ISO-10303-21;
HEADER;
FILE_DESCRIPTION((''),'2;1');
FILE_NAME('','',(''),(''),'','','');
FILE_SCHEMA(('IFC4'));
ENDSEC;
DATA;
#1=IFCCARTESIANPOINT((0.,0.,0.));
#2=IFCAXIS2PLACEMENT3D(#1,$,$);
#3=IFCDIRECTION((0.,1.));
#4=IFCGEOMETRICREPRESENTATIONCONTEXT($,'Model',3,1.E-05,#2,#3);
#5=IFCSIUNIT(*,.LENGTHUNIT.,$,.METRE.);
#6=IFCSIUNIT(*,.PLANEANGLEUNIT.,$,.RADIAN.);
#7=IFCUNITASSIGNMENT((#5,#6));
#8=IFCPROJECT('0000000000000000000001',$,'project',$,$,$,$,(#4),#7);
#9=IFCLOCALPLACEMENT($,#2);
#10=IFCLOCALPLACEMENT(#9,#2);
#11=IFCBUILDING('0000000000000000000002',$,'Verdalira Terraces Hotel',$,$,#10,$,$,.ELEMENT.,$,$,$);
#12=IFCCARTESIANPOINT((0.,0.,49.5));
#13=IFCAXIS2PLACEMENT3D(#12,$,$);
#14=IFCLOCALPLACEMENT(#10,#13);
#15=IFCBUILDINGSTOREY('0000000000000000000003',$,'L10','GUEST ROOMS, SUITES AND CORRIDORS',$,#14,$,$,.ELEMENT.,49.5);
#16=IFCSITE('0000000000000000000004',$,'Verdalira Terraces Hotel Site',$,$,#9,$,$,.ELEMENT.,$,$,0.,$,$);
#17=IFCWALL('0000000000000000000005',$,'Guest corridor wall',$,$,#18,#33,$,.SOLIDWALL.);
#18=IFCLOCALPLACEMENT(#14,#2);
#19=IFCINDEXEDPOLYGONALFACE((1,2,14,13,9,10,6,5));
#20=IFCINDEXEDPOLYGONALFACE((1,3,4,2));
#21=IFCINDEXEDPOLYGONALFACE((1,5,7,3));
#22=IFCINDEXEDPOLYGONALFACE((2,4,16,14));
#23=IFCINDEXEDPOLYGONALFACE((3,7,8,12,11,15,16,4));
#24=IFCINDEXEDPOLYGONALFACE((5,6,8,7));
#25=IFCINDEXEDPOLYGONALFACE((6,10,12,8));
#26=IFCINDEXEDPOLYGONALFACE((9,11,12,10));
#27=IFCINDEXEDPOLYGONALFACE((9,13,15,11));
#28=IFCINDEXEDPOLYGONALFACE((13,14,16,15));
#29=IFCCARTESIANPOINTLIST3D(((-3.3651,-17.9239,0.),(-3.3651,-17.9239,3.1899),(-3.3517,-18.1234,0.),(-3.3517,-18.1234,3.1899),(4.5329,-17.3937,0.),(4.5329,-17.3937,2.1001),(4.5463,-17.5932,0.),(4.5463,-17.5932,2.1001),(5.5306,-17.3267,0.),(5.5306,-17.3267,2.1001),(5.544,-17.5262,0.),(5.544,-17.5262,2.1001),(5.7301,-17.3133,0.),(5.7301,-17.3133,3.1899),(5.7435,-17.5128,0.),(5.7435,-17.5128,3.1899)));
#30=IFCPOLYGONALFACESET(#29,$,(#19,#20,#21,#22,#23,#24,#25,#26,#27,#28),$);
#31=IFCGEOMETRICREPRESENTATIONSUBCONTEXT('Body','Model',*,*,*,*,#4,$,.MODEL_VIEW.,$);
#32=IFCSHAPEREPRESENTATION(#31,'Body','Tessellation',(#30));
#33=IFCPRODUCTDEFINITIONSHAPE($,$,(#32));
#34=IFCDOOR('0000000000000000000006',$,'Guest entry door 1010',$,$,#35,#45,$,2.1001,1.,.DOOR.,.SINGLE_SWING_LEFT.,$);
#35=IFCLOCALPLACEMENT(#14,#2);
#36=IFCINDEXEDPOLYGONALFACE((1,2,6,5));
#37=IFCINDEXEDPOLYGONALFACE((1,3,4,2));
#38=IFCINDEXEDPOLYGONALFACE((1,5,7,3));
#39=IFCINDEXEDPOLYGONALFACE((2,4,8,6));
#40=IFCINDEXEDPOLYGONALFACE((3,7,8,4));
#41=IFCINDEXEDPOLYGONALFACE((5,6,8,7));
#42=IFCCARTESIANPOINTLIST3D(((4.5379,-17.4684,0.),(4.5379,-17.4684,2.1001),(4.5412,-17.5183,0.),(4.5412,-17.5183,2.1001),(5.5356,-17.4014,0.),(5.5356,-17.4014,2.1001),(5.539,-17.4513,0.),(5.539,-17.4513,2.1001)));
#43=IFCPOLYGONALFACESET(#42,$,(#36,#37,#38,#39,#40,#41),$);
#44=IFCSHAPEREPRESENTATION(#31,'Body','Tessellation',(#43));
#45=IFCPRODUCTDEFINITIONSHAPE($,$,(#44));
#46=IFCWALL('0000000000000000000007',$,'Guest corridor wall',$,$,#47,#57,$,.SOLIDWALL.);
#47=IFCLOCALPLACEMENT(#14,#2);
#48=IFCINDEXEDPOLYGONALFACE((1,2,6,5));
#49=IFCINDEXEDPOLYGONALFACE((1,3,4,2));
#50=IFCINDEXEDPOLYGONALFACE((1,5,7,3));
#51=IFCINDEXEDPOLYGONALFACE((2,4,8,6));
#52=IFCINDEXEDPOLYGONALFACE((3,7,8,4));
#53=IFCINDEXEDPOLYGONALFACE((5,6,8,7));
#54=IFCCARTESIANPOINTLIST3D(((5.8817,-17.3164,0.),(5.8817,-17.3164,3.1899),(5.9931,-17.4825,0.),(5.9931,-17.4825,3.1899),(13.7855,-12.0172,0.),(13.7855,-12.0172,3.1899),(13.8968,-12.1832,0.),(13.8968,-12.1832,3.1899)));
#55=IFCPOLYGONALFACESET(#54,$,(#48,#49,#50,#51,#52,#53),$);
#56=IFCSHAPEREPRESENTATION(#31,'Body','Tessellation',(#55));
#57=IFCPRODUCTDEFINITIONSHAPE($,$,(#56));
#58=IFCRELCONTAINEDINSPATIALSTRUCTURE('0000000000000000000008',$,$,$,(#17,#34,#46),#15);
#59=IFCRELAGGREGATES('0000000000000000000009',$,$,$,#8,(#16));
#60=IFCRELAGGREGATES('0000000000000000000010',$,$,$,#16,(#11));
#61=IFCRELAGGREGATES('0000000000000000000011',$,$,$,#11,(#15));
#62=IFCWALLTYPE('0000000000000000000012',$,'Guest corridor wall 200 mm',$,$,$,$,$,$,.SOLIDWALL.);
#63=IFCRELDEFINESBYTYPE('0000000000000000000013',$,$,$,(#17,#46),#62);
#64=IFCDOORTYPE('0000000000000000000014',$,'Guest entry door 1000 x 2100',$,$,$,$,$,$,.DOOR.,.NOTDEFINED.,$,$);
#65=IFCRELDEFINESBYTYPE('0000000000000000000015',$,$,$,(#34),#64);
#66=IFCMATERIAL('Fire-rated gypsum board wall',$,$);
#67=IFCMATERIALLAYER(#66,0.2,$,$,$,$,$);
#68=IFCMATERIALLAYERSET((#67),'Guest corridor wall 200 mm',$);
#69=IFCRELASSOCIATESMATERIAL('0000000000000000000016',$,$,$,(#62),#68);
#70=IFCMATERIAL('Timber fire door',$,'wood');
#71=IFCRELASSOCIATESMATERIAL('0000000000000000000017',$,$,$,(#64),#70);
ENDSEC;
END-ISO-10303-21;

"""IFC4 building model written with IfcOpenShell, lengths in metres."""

from ifc_helpers import new_model, si_unit, direction, frame, frame_2d, origin, place, context, subcontext, project, spatial, rectangle, extrude, material, layer, layer_set, type_object, element, fill, save


model = new_model("IFC4")

# Units and contexts
model_context = context("Model", 3, precision=1e-05, world=origin(), true_north=direction((0.0, 1.0)))
body_context = subcontext(model_context, "Body", "Model", "MODEL_VIEW")
ifc_project = project(units=[si_unit("LENGTHUNIT", "METRE"), si_unit("PLANEANGLEUNIT", "RADIAN")], contexts=[model_context])

# Site, building, storey
site_placement = place(None, origin())
site = spatial("IfcSite", under=ifc_project, at=site_placement, Name="Verdalira Terraces Hotel Site", CompositionType="ELEMENT", RefElevation=0.0)
building_placement = place(site_placement, origin())
building = spatial("IfcBuilding", under=site, at=building_placement, Name="Verdalira Terraces Hotel", CompositionType="ELEMENT")
storey_placement = place(building_placement, frame((0.0, 0.0, 49.5)))
storey = spatial("IfcBuildingStorey", under=building, at=storey_placement, Name="L10", Description="GUEST ROOMS, SUITES AND CORRIDORS", CompositionType="ELEMENT", Elevation=49.5)

# Wall, opening, door
ifc_material_1 = material(Name="Fire-rated gypsum board wall")
ifc_layer_1 = layer(ifc_material_1, 0.2)
ifc_layer_set_1 = layer_set([ifc_layer_1], Name="Guest corridor wall 200 mm")
wall_type_1 = type_object("IfcWallType", Name="Guest corridor wall 200 mm", PredefinedType="SOLIDWALL", material=ifc_layer_set_1)
wall_1_placement = place(storey_placement, frame((5.7368, -17.4131, 0.0), z_axis=(0.0, 0.0, 1.0), x_axis=(-0.997754, -0.066983, 0.0)))
wall_1 = element("IfcWall", 1, at=wall_1_placement, inside=storey, type_object=wall_type_1, Name="Guest corridor wall", PredefinedType="SOLIDWALL", context=body_context, shape_type="SweptSolid", body=[
    extrude(rectangle(XDim=9.1157, YDim=0.2, at=frame_2d((4.5579, 0.0))), origin(), (0.0, 0.0, 1.0), 3.1899),
])
opening_1_placement = place(wall_1_placement, frame((0.2, 0.0, 0.0)))
opening_1 = element("IfcOpeningElement", 2, at=opening_1_placement, cuts=wall_1, PredefinedType="OPENING", context=body_context, shape_type="SweptSolid", body=[
    extrude(rectangle(XDim=1.0, YDim=2.1001, at=frame_2d((0.5, 1.05))), frame((0.0, 0.1099, 0.0), z_axis=(0.0, -1.0, 0.0), x_axis=(1.0, 0.0, 0.0)), (0.0, 0.0, 1.0), 0.22),
])
ifc_material_2 = material(Name="Timber fire door", Category="wood")
door_type_1 = type_object("IfcDoorType", Name="Guest entry door 1000 x 2100", OperationType="NOTDEFINED", PredefinedType="DOOR", material=ifc_material_2)
door_1_placement = place(opening_1_placement, origin())
door_1 = element("IfcDoor", 3, at=door_1_placement, inside=storey, type_object=door_type_1, Name="Guest entry door 1010", OperationType="SINGLE_SWING_LEFT", OverallHeight=2.1001, OverallWidth=1.0, PredefinedType="DOOR", context=body_context, shape_type="SweptSolid", body=[
    extrude(rectangle(XDim=1.0, YDim=2.1001, at=frame_2d((0.5, 1.05))), frame((0.0, 0.0249, 0.0), z_axis=(0.0, -1.0, 0.0), x_axis=(1.0, 0.0, 0.0)), (0.0, 0.0, 1.0), 0.05),
])
fill(opening_1, door_1)

# Wall
wall_2_placement = place(storey_placement, frame((5.9375, -17.3994, 0.0), z_axis=(0.0, 0.0, 1.0), x_axis=(0.830587, 0.556889, 0.0)))
element("IfcWall", 4, at=wall_2_placement, inside=storey, type_object=wall_type_1, Name="Guest corridor wall", PredefinedType="SOLIDWALL", context=body_context, shape_type="SweptSolid", body=[
    extrude(rectangle(XDim=9.5159, YDim=0.2, at=frame_2d((4.7578, 0.0))), origin(), (0.0, 0.0, 1.0), 3.1899),
])

save(model, "model.ifc")
